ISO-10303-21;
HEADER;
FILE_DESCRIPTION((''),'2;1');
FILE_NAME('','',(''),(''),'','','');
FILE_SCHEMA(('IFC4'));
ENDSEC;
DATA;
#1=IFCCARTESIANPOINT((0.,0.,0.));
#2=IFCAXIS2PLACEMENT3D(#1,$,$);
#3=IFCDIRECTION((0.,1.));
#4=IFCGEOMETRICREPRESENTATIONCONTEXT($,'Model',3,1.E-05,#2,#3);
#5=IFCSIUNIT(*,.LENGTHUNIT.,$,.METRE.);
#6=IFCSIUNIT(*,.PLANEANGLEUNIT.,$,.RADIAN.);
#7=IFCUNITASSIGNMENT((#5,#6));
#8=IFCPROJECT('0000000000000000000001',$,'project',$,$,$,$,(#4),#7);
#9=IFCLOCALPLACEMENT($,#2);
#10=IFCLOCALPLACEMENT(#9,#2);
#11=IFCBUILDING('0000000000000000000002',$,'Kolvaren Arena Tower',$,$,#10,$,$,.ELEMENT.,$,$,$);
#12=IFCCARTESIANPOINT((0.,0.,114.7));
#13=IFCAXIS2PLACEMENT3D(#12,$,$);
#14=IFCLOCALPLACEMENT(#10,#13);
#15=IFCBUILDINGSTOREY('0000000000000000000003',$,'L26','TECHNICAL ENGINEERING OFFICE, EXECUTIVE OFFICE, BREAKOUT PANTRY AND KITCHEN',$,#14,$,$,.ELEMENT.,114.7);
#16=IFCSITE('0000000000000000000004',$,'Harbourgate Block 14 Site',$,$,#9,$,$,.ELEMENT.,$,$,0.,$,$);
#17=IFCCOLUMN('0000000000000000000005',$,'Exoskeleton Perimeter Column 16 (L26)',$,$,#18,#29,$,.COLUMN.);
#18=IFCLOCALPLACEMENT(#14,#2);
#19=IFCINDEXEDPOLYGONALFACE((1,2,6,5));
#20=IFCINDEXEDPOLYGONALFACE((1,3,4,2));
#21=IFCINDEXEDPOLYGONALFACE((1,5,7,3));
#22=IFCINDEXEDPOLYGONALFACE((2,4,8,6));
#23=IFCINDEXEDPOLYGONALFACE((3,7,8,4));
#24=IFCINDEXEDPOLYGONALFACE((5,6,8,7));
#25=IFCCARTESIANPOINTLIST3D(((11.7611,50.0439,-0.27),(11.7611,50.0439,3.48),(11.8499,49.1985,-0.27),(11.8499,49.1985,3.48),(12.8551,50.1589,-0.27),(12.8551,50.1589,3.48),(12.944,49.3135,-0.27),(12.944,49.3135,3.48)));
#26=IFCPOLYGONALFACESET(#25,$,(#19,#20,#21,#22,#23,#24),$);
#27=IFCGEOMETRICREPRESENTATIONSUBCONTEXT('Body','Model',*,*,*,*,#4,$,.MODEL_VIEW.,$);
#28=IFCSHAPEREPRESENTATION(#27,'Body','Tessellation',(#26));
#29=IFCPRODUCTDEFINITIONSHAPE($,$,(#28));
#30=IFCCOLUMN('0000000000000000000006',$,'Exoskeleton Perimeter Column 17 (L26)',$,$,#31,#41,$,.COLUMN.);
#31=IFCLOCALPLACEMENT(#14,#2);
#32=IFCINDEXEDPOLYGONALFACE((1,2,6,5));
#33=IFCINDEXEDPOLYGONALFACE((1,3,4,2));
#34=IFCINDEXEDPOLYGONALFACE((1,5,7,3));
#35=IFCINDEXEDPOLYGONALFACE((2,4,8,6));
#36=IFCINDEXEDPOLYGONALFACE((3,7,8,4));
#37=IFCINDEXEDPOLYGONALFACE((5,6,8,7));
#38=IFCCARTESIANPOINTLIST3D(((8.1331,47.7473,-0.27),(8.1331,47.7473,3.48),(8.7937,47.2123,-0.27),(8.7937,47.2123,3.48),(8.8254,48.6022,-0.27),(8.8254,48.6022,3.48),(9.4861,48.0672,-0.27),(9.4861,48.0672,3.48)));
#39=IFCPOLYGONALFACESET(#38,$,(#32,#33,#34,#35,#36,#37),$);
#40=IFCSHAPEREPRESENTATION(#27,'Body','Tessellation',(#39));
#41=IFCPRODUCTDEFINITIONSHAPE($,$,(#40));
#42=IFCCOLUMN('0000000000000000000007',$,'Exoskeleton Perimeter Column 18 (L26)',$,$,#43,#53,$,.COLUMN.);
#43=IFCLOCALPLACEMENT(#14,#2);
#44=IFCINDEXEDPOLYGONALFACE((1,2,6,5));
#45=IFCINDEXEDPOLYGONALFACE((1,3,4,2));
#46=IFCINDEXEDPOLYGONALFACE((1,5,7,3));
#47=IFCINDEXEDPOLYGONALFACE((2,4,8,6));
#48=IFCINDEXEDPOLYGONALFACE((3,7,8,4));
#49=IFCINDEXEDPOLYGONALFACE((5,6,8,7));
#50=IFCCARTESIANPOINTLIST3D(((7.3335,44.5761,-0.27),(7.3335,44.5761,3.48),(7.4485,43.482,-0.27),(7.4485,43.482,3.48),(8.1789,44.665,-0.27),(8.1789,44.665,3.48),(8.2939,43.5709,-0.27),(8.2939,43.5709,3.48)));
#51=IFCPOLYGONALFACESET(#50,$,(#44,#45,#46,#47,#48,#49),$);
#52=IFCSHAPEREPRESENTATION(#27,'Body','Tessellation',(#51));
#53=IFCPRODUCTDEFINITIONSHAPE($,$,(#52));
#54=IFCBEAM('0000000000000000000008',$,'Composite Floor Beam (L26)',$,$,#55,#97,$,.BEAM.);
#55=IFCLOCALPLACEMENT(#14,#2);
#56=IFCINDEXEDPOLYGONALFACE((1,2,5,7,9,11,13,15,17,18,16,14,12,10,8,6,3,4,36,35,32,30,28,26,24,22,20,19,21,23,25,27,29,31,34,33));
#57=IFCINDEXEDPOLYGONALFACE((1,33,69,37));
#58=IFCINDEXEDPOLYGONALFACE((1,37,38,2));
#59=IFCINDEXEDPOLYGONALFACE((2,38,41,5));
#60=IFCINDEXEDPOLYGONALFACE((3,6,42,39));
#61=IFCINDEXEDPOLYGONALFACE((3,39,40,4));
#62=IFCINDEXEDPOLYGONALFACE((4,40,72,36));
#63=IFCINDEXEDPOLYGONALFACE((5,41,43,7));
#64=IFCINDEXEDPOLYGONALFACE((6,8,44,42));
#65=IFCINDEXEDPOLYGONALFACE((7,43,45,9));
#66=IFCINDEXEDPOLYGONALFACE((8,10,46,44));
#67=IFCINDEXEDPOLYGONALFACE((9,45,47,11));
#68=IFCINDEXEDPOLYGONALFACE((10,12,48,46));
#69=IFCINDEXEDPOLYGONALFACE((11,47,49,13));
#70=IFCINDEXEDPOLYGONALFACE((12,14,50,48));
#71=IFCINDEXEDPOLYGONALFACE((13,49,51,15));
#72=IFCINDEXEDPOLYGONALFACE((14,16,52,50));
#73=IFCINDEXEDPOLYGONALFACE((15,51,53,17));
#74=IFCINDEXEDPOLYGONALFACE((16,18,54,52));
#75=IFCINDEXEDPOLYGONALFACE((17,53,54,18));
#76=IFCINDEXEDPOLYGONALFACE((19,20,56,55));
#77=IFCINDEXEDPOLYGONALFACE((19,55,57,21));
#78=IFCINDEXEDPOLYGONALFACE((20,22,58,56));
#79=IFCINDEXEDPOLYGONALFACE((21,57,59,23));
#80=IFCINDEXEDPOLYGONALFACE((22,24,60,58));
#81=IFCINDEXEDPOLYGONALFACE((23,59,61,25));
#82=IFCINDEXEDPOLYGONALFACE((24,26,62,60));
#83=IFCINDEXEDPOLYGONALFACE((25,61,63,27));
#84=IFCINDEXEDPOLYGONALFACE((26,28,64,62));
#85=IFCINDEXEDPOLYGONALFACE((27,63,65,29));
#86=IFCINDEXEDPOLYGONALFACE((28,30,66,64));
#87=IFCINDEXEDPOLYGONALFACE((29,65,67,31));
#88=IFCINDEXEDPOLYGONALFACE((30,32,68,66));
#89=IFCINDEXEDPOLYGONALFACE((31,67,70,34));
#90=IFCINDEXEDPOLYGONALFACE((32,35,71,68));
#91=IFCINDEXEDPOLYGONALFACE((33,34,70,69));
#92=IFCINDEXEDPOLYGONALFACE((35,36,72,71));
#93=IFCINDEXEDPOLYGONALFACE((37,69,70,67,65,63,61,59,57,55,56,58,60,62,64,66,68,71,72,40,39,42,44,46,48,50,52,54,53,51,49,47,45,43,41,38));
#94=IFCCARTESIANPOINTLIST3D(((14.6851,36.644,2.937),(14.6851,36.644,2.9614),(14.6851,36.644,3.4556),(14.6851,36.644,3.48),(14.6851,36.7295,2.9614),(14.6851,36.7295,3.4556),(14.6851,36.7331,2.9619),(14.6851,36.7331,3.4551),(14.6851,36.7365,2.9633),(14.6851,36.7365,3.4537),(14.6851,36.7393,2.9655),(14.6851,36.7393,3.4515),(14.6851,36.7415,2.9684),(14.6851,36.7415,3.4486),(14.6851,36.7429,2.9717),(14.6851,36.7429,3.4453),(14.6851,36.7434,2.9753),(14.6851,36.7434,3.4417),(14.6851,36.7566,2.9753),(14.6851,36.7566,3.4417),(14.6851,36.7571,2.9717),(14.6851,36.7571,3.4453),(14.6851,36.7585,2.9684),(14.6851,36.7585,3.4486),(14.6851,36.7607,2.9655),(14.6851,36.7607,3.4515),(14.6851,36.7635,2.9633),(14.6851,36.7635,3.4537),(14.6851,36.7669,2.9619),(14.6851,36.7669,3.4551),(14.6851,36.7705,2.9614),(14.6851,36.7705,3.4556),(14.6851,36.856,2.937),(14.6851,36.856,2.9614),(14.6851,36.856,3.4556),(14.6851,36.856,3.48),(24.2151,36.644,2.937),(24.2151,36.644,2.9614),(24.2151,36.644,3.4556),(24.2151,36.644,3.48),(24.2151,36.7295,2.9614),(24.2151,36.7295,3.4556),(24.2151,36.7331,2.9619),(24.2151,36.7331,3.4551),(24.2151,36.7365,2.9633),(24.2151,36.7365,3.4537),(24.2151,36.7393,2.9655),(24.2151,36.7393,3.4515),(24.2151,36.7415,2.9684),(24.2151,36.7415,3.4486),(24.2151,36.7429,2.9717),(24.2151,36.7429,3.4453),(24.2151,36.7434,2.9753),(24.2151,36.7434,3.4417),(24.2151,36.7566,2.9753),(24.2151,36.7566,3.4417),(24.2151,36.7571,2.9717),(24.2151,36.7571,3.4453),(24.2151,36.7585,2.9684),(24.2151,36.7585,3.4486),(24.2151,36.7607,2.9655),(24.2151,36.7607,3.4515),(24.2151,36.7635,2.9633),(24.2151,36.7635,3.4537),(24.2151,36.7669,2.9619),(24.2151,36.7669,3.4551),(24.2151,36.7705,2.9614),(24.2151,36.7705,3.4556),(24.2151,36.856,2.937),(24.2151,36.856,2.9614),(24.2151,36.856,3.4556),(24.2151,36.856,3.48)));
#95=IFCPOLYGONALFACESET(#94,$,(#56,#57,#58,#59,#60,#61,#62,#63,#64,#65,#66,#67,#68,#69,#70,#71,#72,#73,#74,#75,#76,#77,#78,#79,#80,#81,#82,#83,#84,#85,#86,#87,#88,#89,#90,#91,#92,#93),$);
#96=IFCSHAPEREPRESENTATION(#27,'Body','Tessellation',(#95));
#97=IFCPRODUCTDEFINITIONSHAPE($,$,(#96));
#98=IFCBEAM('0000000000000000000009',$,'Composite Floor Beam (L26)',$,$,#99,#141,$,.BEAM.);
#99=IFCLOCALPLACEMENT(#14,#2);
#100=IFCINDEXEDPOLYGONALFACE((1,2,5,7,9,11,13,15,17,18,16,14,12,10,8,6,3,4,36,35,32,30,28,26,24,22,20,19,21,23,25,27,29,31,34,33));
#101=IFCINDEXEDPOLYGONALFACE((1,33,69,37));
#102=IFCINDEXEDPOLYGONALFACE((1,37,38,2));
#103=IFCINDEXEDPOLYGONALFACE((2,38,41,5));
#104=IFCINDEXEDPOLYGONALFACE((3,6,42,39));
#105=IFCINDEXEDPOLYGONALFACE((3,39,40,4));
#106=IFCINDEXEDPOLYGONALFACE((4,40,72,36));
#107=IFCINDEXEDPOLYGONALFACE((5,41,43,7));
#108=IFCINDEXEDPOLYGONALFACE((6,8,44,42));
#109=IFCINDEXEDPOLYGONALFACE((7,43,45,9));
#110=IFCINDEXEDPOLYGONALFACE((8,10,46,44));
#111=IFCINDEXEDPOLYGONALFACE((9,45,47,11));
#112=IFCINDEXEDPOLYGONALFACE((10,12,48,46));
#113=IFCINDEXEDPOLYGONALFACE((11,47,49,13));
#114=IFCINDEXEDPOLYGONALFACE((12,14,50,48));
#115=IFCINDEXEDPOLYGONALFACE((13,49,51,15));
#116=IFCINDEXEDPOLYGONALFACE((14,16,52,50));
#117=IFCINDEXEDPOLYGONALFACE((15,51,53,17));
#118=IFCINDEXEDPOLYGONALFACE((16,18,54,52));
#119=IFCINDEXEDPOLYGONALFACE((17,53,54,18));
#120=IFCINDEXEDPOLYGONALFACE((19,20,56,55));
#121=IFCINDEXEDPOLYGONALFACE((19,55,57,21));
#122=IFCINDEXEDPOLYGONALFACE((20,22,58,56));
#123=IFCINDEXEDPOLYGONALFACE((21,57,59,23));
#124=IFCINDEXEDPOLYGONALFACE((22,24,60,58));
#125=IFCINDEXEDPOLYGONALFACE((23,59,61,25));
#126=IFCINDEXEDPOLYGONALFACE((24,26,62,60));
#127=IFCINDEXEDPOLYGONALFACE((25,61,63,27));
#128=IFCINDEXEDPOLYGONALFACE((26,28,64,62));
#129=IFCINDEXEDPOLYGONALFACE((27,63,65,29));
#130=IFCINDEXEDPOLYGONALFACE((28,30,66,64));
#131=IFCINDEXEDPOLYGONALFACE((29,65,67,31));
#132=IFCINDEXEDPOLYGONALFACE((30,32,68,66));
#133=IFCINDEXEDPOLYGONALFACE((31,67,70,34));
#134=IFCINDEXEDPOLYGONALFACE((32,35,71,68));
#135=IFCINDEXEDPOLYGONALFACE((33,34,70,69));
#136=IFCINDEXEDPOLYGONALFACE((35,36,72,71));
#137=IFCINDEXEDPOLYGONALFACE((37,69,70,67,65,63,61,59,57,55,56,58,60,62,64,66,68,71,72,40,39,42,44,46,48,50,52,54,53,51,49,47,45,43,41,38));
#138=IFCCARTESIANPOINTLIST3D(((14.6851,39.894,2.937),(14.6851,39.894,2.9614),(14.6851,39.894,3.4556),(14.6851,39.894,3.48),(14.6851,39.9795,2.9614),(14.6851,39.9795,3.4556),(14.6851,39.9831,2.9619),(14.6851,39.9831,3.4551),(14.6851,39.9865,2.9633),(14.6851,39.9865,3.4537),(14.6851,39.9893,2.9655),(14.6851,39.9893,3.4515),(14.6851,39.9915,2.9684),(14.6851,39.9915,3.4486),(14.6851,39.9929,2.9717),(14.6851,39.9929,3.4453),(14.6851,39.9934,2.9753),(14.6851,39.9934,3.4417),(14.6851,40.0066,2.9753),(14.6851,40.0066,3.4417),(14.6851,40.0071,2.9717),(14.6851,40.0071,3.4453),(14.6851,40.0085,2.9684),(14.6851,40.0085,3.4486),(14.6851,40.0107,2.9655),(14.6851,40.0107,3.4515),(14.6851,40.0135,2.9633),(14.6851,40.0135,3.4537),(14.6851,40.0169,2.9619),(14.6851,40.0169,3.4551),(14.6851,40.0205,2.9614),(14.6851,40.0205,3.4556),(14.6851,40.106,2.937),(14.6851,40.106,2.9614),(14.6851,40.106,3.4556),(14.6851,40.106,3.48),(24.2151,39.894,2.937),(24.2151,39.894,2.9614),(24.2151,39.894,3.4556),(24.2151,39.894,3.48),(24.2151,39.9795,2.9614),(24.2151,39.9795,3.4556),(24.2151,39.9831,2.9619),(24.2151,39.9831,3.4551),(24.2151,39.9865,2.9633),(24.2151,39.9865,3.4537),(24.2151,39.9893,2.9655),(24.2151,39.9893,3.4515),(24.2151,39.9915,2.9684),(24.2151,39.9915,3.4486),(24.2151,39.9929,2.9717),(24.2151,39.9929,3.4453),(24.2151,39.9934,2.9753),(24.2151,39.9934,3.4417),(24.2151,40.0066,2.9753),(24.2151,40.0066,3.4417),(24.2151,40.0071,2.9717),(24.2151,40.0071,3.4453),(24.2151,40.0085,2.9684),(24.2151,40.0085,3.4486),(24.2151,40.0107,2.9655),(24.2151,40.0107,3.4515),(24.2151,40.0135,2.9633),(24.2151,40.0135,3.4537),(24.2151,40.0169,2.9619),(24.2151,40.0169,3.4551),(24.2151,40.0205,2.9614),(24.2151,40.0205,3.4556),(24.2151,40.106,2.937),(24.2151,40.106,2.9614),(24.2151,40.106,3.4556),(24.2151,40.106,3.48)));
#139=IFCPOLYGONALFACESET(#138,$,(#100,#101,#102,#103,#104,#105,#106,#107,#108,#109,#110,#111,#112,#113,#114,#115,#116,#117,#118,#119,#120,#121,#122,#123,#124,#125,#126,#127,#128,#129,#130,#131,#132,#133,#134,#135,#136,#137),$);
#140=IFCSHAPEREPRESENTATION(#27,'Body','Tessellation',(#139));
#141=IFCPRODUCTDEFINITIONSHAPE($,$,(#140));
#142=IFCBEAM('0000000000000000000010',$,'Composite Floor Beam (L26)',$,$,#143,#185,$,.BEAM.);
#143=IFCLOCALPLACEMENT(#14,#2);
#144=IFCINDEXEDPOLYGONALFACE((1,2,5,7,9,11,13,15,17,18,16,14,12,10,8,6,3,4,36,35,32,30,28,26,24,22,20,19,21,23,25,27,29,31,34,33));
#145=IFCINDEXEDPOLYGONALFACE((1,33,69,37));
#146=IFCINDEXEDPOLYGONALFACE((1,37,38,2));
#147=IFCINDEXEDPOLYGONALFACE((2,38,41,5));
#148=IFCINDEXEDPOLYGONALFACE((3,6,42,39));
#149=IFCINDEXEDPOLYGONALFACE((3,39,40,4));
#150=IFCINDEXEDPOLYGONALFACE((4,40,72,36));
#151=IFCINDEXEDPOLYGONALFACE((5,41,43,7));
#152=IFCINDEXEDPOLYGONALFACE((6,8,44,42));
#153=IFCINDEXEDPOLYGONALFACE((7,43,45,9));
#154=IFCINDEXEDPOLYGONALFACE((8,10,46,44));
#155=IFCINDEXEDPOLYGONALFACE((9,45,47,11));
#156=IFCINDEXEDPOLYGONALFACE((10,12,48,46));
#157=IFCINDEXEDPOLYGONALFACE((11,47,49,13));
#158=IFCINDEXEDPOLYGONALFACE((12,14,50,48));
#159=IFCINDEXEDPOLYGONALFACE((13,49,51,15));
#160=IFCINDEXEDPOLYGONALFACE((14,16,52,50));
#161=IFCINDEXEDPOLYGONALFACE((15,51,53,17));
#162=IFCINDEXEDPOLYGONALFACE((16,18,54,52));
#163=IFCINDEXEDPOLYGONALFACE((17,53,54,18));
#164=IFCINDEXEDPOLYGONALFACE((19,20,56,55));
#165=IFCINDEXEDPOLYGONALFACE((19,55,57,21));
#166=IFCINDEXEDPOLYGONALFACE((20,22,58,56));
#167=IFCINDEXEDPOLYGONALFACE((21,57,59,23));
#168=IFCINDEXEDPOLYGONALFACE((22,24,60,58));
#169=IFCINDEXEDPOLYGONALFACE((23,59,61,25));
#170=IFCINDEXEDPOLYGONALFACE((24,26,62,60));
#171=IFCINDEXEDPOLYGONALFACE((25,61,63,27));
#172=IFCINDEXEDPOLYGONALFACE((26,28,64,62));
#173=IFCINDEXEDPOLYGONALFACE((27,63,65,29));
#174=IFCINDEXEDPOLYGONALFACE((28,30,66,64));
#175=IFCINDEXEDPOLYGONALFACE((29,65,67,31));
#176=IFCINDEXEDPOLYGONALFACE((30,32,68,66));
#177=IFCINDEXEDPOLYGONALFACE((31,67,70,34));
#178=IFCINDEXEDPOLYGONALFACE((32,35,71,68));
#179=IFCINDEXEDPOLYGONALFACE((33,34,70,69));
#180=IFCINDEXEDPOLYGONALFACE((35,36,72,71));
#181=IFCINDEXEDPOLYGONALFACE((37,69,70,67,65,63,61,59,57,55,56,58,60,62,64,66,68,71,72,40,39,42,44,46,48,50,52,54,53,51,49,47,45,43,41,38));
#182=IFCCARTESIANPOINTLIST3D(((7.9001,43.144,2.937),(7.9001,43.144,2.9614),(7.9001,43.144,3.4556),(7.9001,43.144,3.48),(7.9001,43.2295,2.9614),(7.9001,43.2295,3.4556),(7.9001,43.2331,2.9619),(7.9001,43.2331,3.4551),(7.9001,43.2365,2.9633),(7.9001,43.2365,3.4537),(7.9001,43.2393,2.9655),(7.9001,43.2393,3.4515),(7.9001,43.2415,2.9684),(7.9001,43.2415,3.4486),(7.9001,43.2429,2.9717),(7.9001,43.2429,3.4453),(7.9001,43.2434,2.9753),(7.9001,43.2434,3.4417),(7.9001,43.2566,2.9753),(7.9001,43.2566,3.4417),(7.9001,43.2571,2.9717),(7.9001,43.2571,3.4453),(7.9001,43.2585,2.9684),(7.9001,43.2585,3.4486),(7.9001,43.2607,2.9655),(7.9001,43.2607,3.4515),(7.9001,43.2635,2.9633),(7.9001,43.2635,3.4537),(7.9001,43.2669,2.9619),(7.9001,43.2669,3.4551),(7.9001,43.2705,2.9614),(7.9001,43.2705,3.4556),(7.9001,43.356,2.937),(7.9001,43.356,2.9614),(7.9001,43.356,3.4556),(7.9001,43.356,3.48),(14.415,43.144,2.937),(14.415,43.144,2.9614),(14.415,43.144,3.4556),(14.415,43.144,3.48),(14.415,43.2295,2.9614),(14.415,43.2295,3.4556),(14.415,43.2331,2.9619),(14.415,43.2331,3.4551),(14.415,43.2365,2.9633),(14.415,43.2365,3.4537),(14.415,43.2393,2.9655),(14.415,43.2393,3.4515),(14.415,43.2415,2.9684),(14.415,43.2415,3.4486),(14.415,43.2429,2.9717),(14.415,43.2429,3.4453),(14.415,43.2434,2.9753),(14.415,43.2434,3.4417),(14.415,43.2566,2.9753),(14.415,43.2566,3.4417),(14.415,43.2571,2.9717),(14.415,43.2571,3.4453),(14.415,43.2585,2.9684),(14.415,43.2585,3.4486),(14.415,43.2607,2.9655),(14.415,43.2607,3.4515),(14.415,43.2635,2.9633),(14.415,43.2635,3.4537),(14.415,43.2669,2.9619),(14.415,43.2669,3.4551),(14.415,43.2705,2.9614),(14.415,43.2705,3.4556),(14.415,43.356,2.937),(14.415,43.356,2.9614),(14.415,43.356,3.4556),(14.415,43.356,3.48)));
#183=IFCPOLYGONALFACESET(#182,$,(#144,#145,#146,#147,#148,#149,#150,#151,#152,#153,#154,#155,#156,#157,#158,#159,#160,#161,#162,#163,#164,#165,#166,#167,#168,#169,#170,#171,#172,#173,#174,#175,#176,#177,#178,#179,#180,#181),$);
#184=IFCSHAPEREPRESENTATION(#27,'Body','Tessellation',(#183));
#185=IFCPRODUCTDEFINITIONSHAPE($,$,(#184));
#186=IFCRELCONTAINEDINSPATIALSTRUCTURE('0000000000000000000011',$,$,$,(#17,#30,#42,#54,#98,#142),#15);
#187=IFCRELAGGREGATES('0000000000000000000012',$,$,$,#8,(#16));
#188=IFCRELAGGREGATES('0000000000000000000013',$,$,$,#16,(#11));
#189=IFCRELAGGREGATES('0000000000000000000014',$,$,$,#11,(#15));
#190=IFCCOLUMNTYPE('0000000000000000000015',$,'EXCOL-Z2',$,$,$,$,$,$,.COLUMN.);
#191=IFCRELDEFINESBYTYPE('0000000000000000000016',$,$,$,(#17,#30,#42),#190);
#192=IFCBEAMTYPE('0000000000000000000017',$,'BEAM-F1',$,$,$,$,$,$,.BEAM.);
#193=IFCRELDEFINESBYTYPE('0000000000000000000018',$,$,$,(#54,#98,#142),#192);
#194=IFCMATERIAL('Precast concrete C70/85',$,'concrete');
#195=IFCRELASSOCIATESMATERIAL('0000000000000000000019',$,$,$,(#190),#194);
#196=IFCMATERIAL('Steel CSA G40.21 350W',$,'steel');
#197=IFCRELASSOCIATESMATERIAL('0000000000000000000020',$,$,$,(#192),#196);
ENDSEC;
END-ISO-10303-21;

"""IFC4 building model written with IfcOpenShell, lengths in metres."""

from ifc_helpers import new_model, si_unit, direction, frame, origin, origin_2d, place, context, subcontext, project, spatial, rectangle, i_section, extrude, material, material_profile, profile_set, type_object, element, save


model = new_model("IFC4")

# Units and contexts
model_context = context("Model", 3, precision=1e-05, world=origin(), true_north=direction((0.0, 1.0)))
body_context = subcontext(model_context, "Body", "Model", "MODEL_VIEW")
ifc_project = project(units=[si_unit("LENGTHUNIT", "METRE"), si_unit("PLANEANGLEUNIT", "RADIAN")], contexts=[model_context])

# Site, building, storey
site_placement = place(None, origin())
site = spatial("IfcSite", under=ifc_project, at=site_placement, Name="Harbourgate Block 14 Site", CompositionType="ELEMENT", RefElevation=0.0)
building_placement = place(site_placement, origin())
building = spatial("IfcBuilding", under=site, at=building_placement, Name="Kolvaren Arena Tower", CompositionType="ELEMENT")
storey_placement = place(building_placement, frame((0.0, 0.0, 114.7)))
storey = spatial("IfcBuildingStorey", under=building, at=storey_placement, Name="L26", Description="TECHNICAL ENGINEERING OFFICE, EXECUTIVE OFFICE, BREAKOUT PANTRY AND KITCHEN", CompositionType="ELEMENT", Elevation=114.7)

# Columns
ifc_material_1 = material(Name="Precast concrete C70/85", Category="concrete")
ifc_material_profile_1 = material_profile(ifc_material_1, rectangle(XDim=1.1001, YDim=0.8501, at=origin_2d()), Name="RC-1100x850")
ifc_profile_set_1 = profile_set([ifc_material_profile_1], Name="Precast concrete C70/85")
column_type = type_object("IfcColumnType", Name="EXCOL-Z2", PredefinedType="COLUMN", material=ifc_profile_set_1)
for number, where, z_axis, x_axis, name in (
    (1, (12.3525, 49.6787, -0.27), (0.0, 0.0, 1.0), (0.994522, 0.104528, 0.0), "Exoskeleton Perimeter Column 16 (L26)"),
    (2, (8.8096, 47.9072, -0.27), (0.0, 0.0, 1.0), (0.62932, 0.777146, 0.0), "Exoskeleton Perimeter Column 17 (L26)"),
    (3, (7.8137, 44.0735, -0.27), (0.0, 0.0, 1.0), (-0.104528, 0.994522, 0.0), "Exoskeleton Perimeter Column 18 (L26)"),
):
    element("IfcColumn", number, at=place(storey_placement, frame(where, z_axis=z_axis, x_axis=x_axis)), inside=storey, type_object=column_type, Name=name, PredefinedType="COLUMN", context=body_context, shape_type="SweptSolid", body=[
        extrude(rectangle(XDim=1.1001, YDim=0.8501, at=origin_2d()), origin(), (0.0, 0.0, 1.0), 3.75),
    ])

# Beams
ifc_material_2 = material(Name="Steel CSA G40.21 350W", Category="steel")
ifc_material_profile_2 = material_profile(ifc_material_2, i_section(OverallWidth=0.2119, OverallDepth=0.543, WebThickness=0.0132, FlangeThickness=0.0244, FilletRadius=0.0139, at=origin_2d()), Name="W530x150")
ifc_profile_set_2 = profile_set([ifc_material_profile_2], Name="Steel CSA G40.21 350W")
beam_type_1 = type_object("IfcBeamType", Name="BEAM-F1", PredefinedType="BEAM", material=ifc_profile_set_2)
for number, where, z_axis, x_axis, name in (
    (4, (14.6851, 36.75, 3.2085), (1.0, 0.0, 0.0), (0.0, 1.0, 0.0), "Composite Floor Beam (L26)"),
    (5, (14.6851, 40.0, 3.2085), (1.0, 0.0, 0.0), (0.0, 1.0, 0.0), "Composite Floor Beam (L26)"),
):
    element("IfcBeam", number, at=place(storey_placement, frame(where, z_axis=z_axis, x_axis=x_axis)), inside=storey, type_object=beam_type_1, Name=name, PredefinedType="BEAM", context=body_context, shape_type="SweptSolid", body=[
        extrude(i_section(OverallWidth=0.2119, OverallDepth=0.543, WebThickness=0.0132, FlangeThickness=0.0244, FilletRadius=0.0139, at=origin_2d()), origin(), (0.0, 0.0, 1.0), 9.53),
    ])
beam_1_placement = place(storey_placement, frame((7.9001, 43.25, 3.2085), z_axis=(1.0, 0.0, 0.0), x_axis=(0.0, 1.0, 0.0)))
element("IfcBeam", 6, at=beam_1_placement, inside=storey, type_object=beam_type_1, Name="Composite Floor Beam (L26)", PredefinedType="BEAM", context=body_context, shape_type="SweptSolid", body=[
    extrude(i_section(OverallWidth=0.2119, OverallDepth=0.543, WebThickness=0.0132, FlangeThickness=0.0244, FilletRadius=0.0139, at=origin_2d()), origin(), (0.0, 0.0, 1.0), 6.5149),
])

save(model, "model.ifc")
